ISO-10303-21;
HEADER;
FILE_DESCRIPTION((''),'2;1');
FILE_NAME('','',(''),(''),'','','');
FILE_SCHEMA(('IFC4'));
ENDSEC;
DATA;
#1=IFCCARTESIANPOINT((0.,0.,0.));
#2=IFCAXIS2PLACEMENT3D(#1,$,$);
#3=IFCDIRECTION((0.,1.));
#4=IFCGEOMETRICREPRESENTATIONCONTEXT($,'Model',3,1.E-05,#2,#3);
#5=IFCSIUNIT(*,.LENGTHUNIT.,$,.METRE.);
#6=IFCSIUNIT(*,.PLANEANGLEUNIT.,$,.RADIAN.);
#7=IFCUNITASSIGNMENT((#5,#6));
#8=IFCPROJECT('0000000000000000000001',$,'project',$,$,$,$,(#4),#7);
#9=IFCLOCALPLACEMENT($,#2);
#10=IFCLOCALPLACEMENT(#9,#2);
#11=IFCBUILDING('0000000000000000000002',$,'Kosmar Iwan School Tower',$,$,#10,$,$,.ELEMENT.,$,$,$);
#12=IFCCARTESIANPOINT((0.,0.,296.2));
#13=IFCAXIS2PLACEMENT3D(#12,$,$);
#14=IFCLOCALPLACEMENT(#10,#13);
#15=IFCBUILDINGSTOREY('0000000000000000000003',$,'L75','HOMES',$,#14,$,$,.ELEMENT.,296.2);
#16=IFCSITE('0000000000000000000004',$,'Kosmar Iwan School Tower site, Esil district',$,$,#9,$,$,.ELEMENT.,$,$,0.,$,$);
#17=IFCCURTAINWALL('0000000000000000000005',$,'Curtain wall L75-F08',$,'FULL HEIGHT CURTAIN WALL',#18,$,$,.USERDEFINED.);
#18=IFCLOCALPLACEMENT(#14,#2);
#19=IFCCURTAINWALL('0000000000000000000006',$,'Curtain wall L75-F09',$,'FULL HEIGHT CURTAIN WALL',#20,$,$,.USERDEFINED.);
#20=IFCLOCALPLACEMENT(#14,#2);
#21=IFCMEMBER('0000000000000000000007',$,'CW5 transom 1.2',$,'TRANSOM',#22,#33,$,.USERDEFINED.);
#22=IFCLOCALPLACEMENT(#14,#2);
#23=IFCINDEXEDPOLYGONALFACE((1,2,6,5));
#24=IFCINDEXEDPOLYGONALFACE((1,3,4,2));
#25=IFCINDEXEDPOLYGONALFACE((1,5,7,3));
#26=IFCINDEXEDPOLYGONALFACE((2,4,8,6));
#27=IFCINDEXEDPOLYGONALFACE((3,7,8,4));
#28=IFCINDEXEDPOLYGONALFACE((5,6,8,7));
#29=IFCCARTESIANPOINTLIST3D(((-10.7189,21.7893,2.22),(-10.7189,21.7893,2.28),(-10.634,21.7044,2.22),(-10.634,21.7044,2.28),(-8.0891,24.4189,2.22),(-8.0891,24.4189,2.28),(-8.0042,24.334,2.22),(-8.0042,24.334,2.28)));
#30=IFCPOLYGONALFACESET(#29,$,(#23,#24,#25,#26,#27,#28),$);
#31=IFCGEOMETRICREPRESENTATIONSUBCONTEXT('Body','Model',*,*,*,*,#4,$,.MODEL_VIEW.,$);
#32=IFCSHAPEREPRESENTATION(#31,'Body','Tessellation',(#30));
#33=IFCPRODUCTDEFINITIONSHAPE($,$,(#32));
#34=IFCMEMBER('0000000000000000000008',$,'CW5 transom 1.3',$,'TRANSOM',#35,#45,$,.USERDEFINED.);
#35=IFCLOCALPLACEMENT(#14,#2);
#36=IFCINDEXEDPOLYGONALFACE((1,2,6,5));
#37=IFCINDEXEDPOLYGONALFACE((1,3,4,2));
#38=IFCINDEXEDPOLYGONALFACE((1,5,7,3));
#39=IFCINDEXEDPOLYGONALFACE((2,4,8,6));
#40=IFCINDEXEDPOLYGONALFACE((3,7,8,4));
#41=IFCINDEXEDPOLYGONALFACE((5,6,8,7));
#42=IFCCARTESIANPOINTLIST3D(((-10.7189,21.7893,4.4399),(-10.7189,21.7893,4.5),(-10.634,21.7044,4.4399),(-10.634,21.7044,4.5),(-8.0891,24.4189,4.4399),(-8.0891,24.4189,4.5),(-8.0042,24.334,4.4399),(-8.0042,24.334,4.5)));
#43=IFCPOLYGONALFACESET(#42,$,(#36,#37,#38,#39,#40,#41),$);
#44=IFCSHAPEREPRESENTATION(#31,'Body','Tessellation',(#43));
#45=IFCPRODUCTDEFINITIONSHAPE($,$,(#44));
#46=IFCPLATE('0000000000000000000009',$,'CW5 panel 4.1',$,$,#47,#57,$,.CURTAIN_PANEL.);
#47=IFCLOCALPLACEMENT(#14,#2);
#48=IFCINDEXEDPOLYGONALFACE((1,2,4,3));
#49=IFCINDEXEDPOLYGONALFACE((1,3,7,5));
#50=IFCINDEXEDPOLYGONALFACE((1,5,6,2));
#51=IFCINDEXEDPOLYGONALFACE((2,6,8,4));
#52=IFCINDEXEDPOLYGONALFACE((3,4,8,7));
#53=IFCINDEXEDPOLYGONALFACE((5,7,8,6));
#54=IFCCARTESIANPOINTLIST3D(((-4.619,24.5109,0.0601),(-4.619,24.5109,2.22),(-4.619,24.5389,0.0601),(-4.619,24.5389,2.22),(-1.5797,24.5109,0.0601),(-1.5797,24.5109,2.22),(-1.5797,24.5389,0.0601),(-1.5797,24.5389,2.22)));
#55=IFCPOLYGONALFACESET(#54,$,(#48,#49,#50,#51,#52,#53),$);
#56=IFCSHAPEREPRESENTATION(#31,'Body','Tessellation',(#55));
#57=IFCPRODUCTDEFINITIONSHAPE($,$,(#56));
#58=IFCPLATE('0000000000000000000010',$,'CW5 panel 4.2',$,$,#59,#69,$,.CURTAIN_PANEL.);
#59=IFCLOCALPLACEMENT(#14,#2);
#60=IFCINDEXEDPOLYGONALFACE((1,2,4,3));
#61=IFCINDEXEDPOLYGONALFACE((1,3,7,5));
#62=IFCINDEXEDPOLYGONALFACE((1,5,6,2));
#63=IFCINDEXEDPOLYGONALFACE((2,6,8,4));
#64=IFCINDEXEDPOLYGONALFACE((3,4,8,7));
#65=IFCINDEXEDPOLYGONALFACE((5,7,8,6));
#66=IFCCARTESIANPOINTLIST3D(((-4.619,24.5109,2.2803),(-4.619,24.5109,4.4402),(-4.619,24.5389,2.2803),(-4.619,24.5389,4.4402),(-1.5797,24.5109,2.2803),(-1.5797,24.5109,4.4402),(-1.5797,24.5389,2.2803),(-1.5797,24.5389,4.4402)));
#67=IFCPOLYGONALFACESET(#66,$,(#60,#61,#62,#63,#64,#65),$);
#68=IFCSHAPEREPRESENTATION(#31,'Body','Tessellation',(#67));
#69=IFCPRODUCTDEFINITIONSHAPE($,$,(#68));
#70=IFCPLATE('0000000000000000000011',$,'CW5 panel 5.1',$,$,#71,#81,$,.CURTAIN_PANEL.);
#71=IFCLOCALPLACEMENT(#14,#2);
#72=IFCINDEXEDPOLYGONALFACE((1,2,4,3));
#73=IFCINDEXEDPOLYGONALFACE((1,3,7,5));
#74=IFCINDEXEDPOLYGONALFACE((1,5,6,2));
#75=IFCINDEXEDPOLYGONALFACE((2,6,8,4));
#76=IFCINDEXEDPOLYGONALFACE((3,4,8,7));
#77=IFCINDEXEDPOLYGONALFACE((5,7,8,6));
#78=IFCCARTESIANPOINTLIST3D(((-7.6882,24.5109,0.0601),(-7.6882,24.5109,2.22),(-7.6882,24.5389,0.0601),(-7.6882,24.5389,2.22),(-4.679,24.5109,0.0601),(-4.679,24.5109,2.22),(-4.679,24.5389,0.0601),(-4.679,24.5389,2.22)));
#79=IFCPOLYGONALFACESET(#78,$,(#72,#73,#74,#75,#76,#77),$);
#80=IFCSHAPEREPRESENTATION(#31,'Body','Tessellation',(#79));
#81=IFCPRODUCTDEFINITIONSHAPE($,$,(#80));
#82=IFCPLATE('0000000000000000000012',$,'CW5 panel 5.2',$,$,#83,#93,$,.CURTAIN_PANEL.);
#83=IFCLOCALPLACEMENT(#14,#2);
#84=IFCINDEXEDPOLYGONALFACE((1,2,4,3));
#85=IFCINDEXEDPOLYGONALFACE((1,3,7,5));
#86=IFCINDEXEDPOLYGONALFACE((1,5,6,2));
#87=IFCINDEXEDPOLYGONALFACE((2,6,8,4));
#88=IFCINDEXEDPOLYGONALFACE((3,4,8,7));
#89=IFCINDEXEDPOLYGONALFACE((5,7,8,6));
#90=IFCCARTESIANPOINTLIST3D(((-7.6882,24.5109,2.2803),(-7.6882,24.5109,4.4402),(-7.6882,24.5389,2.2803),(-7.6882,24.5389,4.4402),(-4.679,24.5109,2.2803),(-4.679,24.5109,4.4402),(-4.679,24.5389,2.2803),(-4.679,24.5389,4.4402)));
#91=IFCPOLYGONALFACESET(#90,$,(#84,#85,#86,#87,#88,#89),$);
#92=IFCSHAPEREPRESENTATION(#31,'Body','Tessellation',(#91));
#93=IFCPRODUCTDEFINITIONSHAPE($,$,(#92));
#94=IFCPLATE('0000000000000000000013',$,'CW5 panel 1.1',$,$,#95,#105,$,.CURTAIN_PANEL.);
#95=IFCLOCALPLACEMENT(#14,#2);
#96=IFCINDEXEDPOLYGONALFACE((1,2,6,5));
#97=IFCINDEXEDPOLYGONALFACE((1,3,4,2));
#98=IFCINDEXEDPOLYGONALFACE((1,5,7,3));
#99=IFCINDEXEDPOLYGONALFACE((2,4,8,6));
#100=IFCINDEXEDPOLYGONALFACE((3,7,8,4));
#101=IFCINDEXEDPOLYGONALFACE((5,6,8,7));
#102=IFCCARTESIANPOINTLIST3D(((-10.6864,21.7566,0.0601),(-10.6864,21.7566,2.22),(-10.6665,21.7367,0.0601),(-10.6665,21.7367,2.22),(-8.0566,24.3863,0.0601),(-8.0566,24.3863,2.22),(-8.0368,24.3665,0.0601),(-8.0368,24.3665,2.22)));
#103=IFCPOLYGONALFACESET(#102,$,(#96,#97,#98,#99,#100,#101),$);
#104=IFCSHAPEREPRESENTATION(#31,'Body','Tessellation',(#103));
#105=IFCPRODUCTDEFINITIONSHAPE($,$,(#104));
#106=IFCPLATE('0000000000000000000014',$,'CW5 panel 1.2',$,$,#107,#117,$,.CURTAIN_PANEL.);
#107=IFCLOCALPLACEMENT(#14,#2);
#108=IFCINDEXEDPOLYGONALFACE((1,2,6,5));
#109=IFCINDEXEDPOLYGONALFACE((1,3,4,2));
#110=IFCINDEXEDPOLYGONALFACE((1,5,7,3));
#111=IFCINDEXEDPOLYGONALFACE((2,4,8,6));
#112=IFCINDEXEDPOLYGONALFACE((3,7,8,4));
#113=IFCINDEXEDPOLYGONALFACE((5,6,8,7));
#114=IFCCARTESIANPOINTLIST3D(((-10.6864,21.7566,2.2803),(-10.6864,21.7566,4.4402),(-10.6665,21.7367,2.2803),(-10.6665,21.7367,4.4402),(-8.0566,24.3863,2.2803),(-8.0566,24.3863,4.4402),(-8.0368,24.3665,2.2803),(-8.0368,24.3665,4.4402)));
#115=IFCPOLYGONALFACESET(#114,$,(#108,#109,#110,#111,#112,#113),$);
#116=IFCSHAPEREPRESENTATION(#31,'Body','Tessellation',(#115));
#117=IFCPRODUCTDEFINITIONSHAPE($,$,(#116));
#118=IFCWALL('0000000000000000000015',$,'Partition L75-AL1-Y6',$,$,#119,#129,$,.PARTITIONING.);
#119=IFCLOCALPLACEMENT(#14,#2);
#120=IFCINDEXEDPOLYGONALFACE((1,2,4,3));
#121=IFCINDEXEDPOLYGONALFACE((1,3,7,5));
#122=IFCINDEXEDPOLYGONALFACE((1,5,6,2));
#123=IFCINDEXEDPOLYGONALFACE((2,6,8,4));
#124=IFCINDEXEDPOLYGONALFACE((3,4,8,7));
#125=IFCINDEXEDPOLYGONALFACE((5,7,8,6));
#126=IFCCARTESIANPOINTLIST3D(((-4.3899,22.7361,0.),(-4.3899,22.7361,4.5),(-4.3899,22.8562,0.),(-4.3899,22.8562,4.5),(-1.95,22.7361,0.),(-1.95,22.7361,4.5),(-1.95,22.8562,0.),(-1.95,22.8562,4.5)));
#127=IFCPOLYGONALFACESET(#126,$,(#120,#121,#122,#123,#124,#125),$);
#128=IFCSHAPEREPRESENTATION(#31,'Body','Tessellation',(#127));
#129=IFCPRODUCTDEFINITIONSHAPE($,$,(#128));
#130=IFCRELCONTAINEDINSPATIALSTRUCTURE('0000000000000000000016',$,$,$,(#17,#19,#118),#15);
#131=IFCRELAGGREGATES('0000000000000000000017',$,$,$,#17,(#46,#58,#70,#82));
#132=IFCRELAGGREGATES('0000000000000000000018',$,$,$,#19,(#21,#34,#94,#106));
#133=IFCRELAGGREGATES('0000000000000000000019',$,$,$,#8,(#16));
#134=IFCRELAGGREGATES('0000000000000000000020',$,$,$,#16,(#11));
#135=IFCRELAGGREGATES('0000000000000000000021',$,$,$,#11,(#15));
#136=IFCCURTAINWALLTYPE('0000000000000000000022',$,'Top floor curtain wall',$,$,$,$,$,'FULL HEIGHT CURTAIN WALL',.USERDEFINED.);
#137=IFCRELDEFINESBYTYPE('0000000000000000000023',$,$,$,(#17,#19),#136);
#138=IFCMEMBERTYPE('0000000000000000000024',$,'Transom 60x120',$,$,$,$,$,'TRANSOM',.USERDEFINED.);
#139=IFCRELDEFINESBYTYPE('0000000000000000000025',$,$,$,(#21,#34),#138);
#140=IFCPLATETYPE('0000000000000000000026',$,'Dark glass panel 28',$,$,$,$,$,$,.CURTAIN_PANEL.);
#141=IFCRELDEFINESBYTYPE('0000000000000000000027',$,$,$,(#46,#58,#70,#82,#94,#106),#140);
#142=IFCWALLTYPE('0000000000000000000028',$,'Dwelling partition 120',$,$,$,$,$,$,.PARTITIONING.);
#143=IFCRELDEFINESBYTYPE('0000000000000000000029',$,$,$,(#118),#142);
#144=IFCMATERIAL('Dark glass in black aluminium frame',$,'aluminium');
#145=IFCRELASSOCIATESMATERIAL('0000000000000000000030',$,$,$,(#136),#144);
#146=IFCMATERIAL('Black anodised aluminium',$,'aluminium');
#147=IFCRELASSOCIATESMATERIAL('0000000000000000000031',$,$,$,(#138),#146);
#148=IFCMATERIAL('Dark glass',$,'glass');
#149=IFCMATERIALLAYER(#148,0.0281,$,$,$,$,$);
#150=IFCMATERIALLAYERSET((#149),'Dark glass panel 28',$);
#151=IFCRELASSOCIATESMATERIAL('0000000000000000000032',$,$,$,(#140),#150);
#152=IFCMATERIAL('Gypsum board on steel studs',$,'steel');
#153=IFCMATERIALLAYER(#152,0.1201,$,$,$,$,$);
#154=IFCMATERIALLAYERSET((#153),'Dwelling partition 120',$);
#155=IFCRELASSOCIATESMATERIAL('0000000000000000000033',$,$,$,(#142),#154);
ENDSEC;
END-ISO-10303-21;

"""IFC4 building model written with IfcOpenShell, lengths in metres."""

from ifc_helpers import new_model, si_unit, direction, frame, frame_2d, origin, origin_2d, place, context, subcontext, project, spatial, rectangle, extrude, material, layer, layer_set, material_profile, profile_set, type_object, element, aggregate, save


model = new_model("IFC4")

# Units and contexts
model_context = context("Model", 3, precision=1e-05, world=origin(), true_north=direction((0.0, 1.0)))
body_context = subcontext(model_context, "Body", "Model", "MODEL_VIEW")
ifc_project = project(units=[si_unit("LENGTHUNIT", "METRE"), si_unit("PLANEANGLEUNIT", "RADIAN")], contexts=[model_context])

# Site, building, storey
site_placement = place(None, origin())
site = spatial("IfcSite", under=ifc_project, at=site_placement, Name="Kosmar Iwan School Tower site, Esil district", CompositionType="ELEMENT", RefElevation=0.0)
building_placement = place(site_placement, origin())
building = spatial("IfcBuilding", under=site, at=building_placement, Name="Kosmar Iwan School Tower", CompositionType="ELEMENT")
storey_placement = place(building_placement, frame((0.0, 0.0, 296.2)))
storey = spatial("IfcBuildingStorey", under=building, at=storey_placement, Name="L75", Description="HOMES", CompositionType="ELEMENT", Elevation=296.2)

# Curtain wall
ifc_material_1 = material(Name="Dark glass in black aluminium frame", Category="aluminium")
curtain_wall_type = type_object("IfcCurtainWallType", Name="Top floor curtain wall", ElementType="FULL HEIGHT CURTAIN WALL", PredefinedType="USERDEFINED", material=ifc_material_1)
curtain_wall_1_placement = place(storey_placement, origin())
curtain_wall_1 = element("IfcCurtainWall", 1, at=curtain_wall_1_placement, inside=storey, type_object=curtain_wall_type, Name="Curtain wall L75-F08", ObjectType="FULL HEIGHT CURTAIN WALL", PredefinedType="USERDEFINED")

# Curtain wall
curtain_wall_2_placement = place(storey_placement, origin())
curtain_wall_2 = element("IfcCurtainWall", 2, at=curtain_wall_2_placement, inside=storey, type_object=curtain_wall_type, Name="Curtain wall L75-F09", ObjectType="FULL HEIGHT CURTAIN WALL", PredefinedType="USERDEFINED")

# Members
ifc_material_2 = material(Name="Black anodised aluminium", Category="aluminium")
ifc_material_profile_1 = material_profile(ifc_material_2, rectangle(XDim=0.1201, YDim=0.0601, at=origin_2d()), Name="TRANSOM 60x120")
ifc_profile_set_1 = profile_set([ifc_material_profile_1], Name="Black anodised aluminium")
member_type_1 = type_object("IfcMemberType", Name="Transom 60x120", ElementType="TRANSOM", PredefinedType="USERDEFINED", material=ifc_profile_set_1)
member_1_placement = place(storey_placement, frame((-8.0466, 24.3765, 2.25), z_axis=(-0.70714, -0.707074, 0.0), x_axis=(0.707074, -0.70714, 0.0)))
member_1 = element("IfcMember", 3, at=member_1_placement, type_object=member_type_1, Name="CW5 transom 1.2", ObjectType="TRANSOM", PredefinedType="USERDEFINED", context=body_context, shape_type="SweptSolid", body=[
    extrude(rectangle(XDim=0.1201, YDim=0.0601, at=origin_2d()), origin(), (0.0, 0.0, 1.0), 3.719),
])
member_2_placement = place(storey_placement, frame((-8.0466, 24.3765, 4.47), z_axis=(-0.70714, -0.707074, 0.0), x_axis=(0.707074, -0.70714, 0.0)))
member_2 = element("IfcMember", 4, at=member_2_placement, type_object=member_type_1, Name="CW5 transom 1.3", ObjectType="TRANSOM", PredefinedType="USERDEFINED", context=body_context, shape_type="SweptSolid", body=[
    extrude(rectangle(XDim=0.1201, YDim=0.0601, at=origin_2d()), origin(), (0.0, 0.0, 1.0), 3.719),
])

# Plates
ifc_material_3 = material(Name="Dark glass", Category="glass")
ifc_layer_1 = layer(ifc_material_3, 0.0281)
ifc_layer_set_1 = layer_set([ifc_layer_1], Name="Dark glass panel 28")
plate_type = type_object("IfcPlateType", Name="Dark glass panel 28", PredefinedType="CURTAIN_PANEL", material=ifc_layer_set_1)
plate_1_placement = place(storey_placement, frame((-3.0994, 24.5249, 0.0601), z_axis=(0.0, 0.0, 1.0), x_axis=(-1.0, 0.0, 0.0)))
plate_1 = element("IfcPlate", 5, at=plate_1_placement, type_object=plate_type, Name="CW5 panel 4.1", PredefinedType="CURTAIN_PANEL", context=body_context, shape_type="SweptSolid", body=[
    extrude(rectangle(XDim=3.0393, YDim=0.0281, at=origin_2d()), origin(), (0.0, 0.0, 1.0), 2.1599),
])
plate_2_placement = place(storey_placement, frame((-3.0994, 24.5249, 2.2803), z_axis=(0.0, 0.0, 1.0), x_axis=(-1.0, 0.0, 0.0)))
plate_2 = element("IfcPlate", 6, at=plate_2_placement, type_object=plate_type, Name="CW5 panel 4.2", PredefinedType="CURTAIN_PANEL", context=body_context, shape_type="SweptSolid", body=[
    extrude(rectangle(XDim=3.0393, YDim=0.0281, at=origin_2d()), origin(), (0.0, 0.0, 1.0), 2.1599),
])
plate_3_placement = place(storey_placement, frame((-6.1836, 24.5249, 0.0601), z_axis=(0.0, 0.0, 1.0), x_axis=(-1.0, 0.0, 0.0)))
plate_3 = element("IfcPlate", 7, at=plate_3_placement, type_object=plate_type, Name="CW5 panel 5.1", PredefinedType="CURTAIN_PANEL", context=body_context, shape_type="SweptSolid", body=[
    extrude(rectangle(XDim=3.0093, YDim=0.0281, at=origin_2d()), origin(), (0.0, 0.0, 1.0), 2.1599),
])
plate_4_placement = place(storey_placement, frame((-6.1836, 24.5249, 2.2803), z_axis=(0.0, 0.0, 1.0), x_axis=(-1.0, 0.0, 0.0)))
plate_4 = element("IfcPlate", 8, at=plate_4_placement, type_object=plate_type, Name="CW5 panel 5.2", PredefinedType="CURTAIN_PANEL", context=body_context, shape_type="SweptSolid", body=[
    extrude(rectangle(XDim=3.0093, YDim=0.0281, at=origin_2d()), origin(), (0.0, 0.0, 1.0), 2.1599),
])
aggregate(curtain_wall_1, [plate_1, plate_2, plate_3, plate_4])
plate_5_placement = place(storey_placement, frame((-9.3616, 23.0615, 0.0601), z_axis=(0.0, 0.0, 1.0), x_axis=(-0.707107, -0.707107, 0.0)))
plate_5 = element("IfcPlate", 9, at=plate_5_placement, type_object=plate_type, Name="CW5 panel 1.1", PredefinedType="CURTAIN_PANEL", context=body_context, shape_type="SweptSolid", body=[
    extrude(rectangle(XDim=3.719, YDim=0.0281, at=origin_2d()), origin(), (0.0, 0.0, 1.0), 2.1599),
])
plate_6_placement = place(storey_placement, frame((-9.3616, 23.0615, 2.2803), z_axis=(0.0, 0.0, 1.0), x_axis=(-0.707107, -0.707107, 0.0)))
plate_6 = element("IfcPlate", 10, at=plate_6_placement, type_object=plate_type, Name="CW5 panel 1.2", PredefinedType="CURTAIN_PANEL", context=body_context, shape_type="SweptSolid", body=[
    extrude(rectangle(XDim=3.719, YDim=0.0281, at=origin_2d()), origin(), (0.0, 0.0, 1.0), 2.1599),
])
aggregate(curtain_wall_2, [member_1, member_2, plate_5, plate_6])

# Wall
ifc_material_4 = material(Name="Gypsum board on steel studs", Category="steel")
ifc_layer_2 = layer(ifc_material_4, 0.1201)
ifc_layer_set_2 = layer_set([ifc_layer_2], Name="Dwelling partition 120")
wall_type = type_object("IfcWallType", Name="Dwelling partition 120", PredefinedType="PARTITIONING", material=ifc_layer_set_2)
wall_placement = place(storey_placement, frame((-1.95, 22.7961, 0.0), z_axis=(0.0, 0.0, 1.0), x_axis=(-1.0, 0.0, 0.0)))
element("IfcWall", 11, at=wall_placement, inside=storey, type_object=wall_type, Name="Partition L75-AL1-Y6", PredefinedType="PARTITIONING", context=body_context, shape_type="SweptSolid", body=[
    extrude(rectangle(XDim=2.4399, YDim=0.1201, at=frame_2d((1.22, 0.0))), origin(), (0.0, 0.0, 1.0), 4.5),
])

save(model, "model.ifc")
